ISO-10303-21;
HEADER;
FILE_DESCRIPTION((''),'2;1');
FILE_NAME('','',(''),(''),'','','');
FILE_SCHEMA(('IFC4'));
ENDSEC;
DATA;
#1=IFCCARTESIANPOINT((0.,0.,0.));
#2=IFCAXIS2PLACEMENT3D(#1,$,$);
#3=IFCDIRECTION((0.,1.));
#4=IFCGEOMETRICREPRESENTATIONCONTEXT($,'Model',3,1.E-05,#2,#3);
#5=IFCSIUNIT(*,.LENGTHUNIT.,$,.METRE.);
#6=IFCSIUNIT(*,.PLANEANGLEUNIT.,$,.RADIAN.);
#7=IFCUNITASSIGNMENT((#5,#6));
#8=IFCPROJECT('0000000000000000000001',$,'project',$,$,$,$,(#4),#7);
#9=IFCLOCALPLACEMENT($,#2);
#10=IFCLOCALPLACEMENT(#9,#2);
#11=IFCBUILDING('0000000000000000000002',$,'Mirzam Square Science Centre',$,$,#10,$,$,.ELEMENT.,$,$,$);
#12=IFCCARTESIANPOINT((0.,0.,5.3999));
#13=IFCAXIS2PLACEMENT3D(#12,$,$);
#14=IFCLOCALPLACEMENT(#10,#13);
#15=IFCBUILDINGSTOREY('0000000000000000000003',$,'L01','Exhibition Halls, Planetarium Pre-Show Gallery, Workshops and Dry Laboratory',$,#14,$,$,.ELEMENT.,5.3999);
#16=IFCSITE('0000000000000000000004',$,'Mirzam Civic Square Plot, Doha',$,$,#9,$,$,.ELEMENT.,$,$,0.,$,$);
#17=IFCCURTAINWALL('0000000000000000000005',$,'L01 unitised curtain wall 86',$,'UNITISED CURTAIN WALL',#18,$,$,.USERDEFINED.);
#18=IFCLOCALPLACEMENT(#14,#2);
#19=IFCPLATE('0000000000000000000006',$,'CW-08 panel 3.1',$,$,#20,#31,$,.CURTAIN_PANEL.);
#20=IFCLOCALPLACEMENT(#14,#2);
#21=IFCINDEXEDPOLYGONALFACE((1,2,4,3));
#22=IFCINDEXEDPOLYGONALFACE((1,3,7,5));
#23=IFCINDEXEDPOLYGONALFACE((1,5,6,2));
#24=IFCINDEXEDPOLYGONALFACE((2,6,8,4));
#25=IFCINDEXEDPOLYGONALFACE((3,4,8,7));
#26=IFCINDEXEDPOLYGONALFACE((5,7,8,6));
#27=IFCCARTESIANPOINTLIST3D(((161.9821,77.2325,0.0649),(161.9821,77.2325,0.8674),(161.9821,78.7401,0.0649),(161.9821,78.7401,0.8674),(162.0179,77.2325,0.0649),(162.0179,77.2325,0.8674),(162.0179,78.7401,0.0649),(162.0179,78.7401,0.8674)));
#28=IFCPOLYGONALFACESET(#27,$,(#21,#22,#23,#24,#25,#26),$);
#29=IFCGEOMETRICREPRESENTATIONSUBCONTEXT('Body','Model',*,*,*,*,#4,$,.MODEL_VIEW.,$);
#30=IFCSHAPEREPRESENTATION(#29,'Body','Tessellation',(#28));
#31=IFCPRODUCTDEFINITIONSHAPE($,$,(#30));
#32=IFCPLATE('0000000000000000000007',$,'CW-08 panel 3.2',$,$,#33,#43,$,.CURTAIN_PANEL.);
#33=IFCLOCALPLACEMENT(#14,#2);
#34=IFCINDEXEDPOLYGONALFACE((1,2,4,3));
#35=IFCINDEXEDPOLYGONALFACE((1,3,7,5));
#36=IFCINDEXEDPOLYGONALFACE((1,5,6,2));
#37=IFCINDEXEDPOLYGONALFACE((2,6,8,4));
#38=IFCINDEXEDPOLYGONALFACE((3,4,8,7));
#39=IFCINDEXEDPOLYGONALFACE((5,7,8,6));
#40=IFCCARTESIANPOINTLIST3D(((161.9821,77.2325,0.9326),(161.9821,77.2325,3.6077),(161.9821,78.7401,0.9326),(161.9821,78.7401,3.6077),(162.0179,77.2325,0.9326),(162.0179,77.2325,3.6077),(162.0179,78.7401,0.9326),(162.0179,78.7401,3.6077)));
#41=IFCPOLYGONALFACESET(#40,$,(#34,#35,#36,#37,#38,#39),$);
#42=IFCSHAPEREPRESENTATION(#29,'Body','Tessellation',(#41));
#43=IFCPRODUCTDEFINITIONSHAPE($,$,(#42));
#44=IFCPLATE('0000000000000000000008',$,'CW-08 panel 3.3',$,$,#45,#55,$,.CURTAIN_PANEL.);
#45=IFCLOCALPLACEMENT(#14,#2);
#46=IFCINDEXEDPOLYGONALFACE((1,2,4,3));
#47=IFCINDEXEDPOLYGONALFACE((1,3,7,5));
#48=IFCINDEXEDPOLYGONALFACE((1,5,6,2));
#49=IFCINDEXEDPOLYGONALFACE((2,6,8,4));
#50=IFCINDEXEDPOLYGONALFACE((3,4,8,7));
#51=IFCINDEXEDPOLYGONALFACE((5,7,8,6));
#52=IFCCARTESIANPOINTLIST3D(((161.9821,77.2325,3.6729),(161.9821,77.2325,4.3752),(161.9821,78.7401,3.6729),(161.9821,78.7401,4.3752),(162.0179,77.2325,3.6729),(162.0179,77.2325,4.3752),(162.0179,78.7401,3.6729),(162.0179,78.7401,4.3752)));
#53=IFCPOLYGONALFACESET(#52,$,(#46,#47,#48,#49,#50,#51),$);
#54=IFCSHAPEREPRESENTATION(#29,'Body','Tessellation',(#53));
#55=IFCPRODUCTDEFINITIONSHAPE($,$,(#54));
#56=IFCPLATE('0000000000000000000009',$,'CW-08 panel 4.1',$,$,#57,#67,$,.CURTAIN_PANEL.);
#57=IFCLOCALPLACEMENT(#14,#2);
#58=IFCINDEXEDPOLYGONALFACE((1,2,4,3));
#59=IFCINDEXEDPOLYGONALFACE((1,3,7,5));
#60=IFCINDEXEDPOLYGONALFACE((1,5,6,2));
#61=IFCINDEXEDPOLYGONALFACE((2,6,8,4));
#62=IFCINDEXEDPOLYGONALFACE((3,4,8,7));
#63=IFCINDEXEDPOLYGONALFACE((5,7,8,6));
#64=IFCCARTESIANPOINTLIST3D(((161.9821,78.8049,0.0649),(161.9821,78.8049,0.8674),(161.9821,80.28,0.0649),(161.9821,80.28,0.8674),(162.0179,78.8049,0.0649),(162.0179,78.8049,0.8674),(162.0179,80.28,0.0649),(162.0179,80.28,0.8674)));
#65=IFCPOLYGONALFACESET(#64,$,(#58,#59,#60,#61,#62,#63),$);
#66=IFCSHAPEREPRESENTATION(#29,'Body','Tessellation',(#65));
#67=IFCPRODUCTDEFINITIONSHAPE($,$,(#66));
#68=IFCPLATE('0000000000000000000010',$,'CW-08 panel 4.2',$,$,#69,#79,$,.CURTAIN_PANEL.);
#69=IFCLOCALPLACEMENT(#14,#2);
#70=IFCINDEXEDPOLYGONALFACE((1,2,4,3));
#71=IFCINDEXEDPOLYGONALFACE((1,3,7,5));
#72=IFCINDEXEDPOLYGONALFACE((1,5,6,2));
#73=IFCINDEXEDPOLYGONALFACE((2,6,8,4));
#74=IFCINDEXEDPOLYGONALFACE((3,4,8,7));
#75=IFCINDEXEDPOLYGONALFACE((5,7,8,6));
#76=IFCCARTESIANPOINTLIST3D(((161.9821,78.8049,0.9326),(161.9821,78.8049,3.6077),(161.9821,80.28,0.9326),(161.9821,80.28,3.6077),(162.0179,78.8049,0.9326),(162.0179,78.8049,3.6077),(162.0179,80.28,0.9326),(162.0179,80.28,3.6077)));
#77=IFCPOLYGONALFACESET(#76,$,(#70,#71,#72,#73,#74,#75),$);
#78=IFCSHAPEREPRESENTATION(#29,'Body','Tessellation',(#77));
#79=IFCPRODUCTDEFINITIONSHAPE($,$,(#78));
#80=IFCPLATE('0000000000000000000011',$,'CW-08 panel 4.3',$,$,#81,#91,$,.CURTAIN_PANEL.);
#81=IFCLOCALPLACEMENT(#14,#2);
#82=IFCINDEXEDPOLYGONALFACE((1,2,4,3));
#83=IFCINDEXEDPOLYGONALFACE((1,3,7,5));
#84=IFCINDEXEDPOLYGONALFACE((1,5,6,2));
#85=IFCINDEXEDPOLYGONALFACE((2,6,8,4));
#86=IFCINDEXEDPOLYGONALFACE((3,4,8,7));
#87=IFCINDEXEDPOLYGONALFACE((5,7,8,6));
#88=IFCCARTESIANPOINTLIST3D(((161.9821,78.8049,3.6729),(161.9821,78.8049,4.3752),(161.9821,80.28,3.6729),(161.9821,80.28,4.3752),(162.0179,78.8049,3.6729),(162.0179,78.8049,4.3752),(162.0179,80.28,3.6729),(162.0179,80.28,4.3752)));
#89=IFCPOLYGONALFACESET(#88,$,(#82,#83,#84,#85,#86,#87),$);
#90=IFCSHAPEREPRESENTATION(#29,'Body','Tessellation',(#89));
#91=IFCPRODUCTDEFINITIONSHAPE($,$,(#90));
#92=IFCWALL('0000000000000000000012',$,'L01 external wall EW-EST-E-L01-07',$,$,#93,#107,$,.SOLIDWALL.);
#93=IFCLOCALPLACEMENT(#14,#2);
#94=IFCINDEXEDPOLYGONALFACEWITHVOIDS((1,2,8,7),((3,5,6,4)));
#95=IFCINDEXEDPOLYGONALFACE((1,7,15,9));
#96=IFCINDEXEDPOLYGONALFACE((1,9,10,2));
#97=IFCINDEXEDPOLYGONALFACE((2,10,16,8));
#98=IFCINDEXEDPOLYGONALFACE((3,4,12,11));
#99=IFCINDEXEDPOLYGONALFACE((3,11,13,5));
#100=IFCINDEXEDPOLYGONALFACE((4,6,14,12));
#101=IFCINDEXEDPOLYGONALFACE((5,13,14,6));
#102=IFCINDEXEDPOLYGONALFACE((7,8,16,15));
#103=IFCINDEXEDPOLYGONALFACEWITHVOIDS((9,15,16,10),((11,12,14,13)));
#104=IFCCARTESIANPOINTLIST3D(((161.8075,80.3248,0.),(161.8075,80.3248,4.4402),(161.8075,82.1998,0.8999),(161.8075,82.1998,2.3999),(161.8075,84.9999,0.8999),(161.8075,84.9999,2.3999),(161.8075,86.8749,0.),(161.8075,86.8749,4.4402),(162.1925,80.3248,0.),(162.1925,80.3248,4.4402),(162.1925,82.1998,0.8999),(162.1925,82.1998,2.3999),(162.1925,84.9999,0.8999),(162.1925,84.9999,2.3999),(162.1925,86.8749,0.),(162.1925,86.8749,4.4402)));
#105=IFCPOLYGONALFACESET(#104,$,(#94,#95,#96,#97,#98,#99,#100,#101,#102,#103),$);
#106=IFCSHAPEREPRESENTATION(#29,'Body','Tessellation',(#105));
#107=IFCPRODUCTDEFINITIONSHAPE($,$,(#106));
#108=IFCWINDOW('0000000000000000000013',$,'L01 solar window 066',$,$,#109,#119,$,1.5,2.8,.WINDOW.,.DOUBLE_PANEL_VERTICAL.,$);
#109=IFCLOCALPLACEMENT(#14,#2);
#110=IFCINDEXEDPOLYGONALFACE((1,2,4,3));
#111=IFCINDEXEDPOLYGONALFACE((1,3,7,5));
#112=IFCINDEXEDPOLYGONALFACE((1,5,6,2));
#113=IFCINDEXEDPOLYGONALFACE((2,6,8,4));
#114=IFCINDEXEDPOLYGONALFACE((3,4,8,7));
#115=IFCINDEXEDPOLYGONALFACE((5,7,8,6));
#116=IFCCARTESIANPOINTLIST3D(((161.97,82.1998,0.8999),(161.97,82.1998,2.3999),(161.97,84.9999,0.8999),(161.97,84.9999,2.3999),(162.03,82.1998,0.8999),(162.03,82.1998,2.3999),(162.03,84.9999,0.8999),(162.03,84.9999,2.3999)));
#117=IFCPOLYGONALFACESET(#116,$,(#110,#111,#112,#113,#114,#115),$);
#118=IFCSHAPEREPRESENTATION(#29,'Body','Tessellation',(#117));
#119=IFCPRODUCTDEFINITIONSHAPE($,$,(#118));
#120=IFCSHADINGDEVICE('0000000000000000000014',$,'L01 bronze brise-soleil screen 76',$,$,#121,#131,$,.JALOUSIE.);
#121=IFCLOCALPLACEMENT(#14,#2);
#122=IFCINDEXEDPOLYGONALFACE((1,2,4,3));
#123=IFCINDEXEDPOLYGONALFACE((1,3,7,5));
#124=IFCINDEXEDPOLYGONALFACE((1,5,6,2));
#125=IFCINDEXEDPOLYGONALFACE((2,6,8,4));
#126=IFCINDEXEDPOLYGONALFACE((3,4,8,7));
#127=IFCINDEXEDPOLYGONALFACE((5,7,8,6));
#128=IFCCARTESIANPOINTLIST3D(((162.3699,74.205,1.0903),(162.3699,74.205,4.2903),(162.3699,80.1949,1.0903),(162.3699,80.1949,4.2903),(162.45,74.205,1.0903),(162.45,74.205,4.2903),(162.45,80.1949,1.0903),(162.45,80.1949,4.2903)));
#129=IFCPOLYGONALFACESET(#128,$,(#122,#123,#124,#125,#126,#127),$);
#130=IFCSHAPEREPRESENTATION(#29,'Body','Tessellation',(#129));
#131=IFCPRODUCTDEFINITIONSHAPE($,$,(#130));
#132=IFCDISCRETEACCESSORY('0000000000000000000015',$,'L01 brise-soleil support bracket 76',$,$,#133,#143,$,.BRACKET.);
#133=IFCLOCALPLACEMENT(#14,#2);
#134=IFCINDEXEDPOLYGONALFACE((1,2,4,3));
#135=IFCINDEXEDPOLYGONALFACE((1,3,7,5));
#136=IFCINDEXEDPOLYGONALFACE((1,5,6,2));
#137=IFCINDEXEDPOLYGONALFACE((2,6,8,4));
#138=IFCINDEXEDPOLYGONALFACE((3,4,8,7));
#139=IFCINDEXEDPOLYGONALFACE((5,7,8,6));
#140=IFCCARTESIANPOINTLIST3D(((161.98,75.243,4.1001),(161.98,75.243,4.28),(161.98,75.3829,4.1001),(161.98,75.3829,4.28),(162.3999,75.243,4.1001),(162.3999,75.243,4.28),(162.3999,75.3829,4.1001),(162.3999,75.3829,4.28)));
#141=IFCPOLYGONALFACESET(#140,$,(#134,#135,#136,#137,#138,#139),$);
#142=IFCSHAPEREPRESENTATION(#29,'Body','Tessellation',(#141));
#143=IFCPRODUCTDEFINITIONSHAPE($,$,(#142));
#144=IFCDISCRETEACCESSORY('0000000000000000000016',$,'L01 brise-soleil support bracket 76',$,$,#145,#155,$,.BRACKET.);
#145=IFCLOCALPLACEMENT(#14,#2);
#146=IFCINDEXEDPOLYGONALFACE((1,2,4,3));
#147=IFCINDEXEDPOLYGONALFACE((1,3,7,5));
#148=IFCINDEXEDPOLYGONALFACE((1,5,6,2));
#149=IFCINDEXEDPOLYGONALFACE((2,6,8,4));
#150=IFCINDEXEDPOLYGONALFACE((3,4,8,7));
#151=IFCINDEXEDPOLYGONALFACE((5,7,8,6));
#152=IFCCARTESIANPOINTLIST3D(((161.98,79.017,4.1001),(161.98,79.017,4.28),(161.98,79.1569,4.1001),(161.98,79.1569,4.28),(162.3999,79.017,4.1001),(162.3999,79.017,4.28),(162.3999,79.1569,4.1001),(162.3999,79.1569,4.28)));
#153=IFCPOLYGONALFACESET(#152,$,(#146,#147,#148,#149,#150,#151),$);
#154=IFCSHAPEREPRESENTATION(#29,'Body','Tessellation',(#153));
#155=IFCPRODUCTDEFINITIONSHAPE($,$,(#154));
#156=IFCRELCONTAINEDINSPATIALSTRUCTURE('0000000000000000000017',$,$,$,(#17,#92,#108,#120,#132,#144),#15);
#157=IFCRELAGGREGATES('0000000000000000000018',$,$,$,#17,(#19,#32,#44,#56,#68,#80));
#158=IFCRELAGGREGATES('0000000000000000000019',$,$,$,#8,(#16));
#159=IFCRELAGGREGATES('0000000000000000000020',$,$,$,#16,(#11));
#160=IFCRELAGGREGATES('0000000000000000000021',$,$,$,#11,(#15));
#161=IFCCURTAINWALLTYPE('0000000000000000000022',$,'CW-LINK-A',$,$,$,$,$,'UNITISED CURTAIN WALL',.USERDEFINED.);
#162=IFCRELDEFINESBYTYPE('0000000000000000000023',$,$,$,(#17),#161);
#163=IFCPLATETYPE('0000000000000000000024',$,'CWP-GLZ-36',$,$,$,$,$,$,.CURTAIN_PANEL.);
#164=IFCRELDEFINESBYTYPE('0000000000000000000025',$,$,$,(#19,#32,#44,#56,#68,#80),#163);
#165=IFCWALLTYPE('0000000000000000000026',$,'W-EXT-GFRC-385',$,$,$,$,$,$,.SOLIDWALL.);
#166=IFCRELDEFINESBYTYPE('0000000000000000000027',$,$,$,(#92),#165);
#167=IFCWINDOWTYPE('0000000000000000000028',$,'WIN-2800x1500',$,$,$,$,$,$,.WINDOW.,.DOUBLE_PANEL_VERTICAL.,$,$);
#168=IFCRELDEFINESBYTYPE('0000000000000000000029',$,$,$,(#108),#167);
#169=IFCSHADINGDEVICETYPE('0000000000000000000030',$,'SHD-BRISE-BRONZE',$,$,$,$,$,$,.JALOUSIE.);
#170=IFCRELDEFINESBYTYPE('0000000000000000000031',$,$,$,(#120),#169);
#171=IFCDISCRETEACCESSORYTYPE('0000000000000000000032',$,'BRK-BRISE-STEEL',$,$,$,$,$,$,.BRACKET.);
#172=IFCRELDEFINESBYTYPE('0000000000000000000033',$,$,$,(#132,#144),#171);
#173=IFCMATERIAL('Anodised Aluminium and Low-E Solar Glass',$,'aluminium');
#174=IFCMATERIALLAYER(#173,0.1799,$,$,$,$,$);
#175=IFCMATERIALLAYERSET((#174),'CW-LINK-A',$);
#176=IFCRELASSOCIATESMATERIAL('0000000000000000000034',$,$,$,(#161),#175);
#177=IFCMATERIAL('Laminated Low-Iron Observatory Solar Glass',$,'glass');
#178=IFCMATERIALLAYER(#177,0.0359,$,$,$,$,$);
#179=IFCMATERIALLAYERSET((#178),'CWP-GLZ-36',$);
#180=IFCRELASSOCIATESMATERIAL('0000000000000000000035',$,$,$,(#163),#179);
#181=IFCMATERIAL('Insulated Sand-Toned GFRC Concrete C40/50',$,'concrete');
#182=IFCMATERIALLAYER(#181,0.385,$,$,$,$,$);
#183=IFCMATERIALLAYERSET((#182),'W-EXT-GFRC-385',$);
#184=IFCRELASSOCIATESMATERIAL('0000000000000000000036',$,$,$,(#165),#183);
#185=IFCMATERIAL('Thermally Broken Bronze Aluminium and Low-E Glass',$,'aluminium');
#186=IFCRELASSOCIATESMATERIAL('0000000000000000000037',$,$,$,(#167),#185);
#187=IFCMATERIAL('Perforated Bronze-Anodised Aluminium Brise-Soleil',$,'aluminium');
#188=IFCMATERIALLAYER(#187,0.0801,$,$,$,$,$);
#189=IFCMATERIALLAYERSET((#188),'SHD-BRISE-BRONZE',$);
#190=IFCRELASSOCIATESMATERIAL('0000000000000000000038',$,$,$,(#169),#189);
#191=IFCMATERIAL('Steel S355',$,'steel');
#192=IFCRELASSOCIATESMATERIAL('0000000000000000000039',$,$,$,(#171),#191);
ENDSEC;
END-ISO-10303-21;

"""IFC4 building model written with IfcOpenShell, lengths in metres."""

from ifc_helpers import new_model, si_unit, direction, frame, frame_2d, origin, origin_2d, place, context, subcontext, project, spatial, rectangle, extrude, material, layer, layer_set, type_object, element, fill, aggregate, save


model = new_model("IFC4")

# Units and contexts
model_context = context("Model", 3, precision=1e-05, world=origin(), true_north=direction((0.0, 1.0)))
body_context = subcontext(model_context, "Body", "Model", "MODEL_VIEW")
ifc_project = project(units=[si_unit("LENGTHUNIT", "METRE"), si_unit("PLANEANGLEUNIT", "RADIAN")], contexts=[model_context])

# Site, building, storey
site_placement = place(None, origin())
site = spatial("IfcSite", under=ifc_project, at=site_placement, Name="Mirzam Civic Square Plot, Doha", CompositionType="ELEMENT", RefElevation=0.0)
building_placement = place(site_placement, origin())
building = spatial("IfcBuilding", under=site, at=building_placement, Name="Mirzam Square Science Centre", CompositionType="ELEMENT")
storey_placement = place(building_placement, frame((0.0, 0.0, 5.3999)))
storey = spatial("IfcBuildingStorey", under=building, at=storey_placement, Name="L01", Description="Exhibition Halls, Planetarium Pre-Show Gallery, Workshops and Dry Laboratory", CompositionType="ELEMENT", Elevation=5.3999)

# Curtain wall, plates
ifc_material_1 = material(Name="Anodised Aluminium and Low-E Solar Glass", Category="aluminium")
ifc_layer_1 = layer(ifc_material_1, 0.1799)
ifc_layer_set_1 = layer_set([ifc_layer_1], Name="CW-LINK-A")
curtain_wall_type = type_object("IfcCurtainWallType", Name="CW-LINK-A", ElementType="UNITISED CURTAIN WALL", PredefinedType="USERDEFINED", material=ifc_layer_set_1)
curtain_wall_placement = place(storey_placement, origin())
curtain_wall = element("IfcCurtainWall", 1, at=curtain_wall_placement, inside=storey, type_object=curtain_wall_type, Name="L01 unitised curtain wall 86", ObjectType="UNITISED CURTAIN WALL", PredefinedType="USERDEFINED")
ifc_material_2 = material(Name="Laminated Low-Iron Observatory Solar Glass", Category="glass")
ifc_layer_2 = layer(ifc_material_2, 0.0359)
ifc_layer_set_2 = layer_set([ifc_layer_2], Name="CWP-GLZ-36")
plate_type = type_object("IfcPlateType", Name="CWP-GLZ-36", PredefinedType="CURTAIN_PANEL", material=ifc_layer_set_2)
plate_1_placement = place(storey_placement, frame((162.0, 77.9863, 0.0649), z_axis=(0.0, 0.0, 1.0), x_axis=(0.0, 1.0, 0.0)))
plate_1 = element("IfcPlate", 2, at=plate_1_placement, type_object=plate_type, Name="CW-08 panel 3.1", PredefinedType="CURTAIN_PANEL", context=body_context, shape_type="SweptSolid", body=[
    extrude(rectangle(XDim=1.5076, YDim=0.0359, at=origin_2d()), origin(), (0.0, 0.0, 1.0), 0.8025),
])
plate_2_placement = place(storey_placement, frame((162.0, 77.9863, 0.9326), z_axis=(0.0, 0.0, 1.0), x_axis=(0.0, 1.0, 0.0)))
plate_2 = element("IfcPlate", 3, at=plate_2_placement, type_object=plate_type, Name="CW-08 panel 3.2", PredefinedType="CURTAIN_PANEL", context=body_context, shape_type="SweptSolid", body=[
    extrude(rectangle(XDim=1.5076, YDim=0.0359, at=origin_2d()), origin(), (0.0, 0.0, 1.0), 2.675),
])
plate_3_placement = place(storey_placement, frame((162.0, 77.9863, 3.6729), z_axis=(0.0, 0.0, 1.0), x_axis=(0.0, 1.0, 0.0)))
plate_3 = element("IfcPlate", 4, at=plate_3_placement, type_object=plate_type, Name="CW-08 panel 3.3", PredefinedType="CURTAIN_PANEL", context=body_context, shape_type="SweptSolid", body=[
    extrude(rectangle(XDim=1.5076, YDim=0.0359, at=origin_2d()), origin(), (0.0, 0.0, 1.0), 0.7024),
])
plate_4_placement = place(storey_placement, frame((162.0, 79.5425, 0.0649), z_axis=(0.0, 0.0, 1.0), x_axis=(0.0, 1.0, 0.0)))
plate_4 = element("IfcPlate", 5, at=plate_4_placement, type_object=plate_type, Name="CW-08 panel 4.1", PredefinedType="CURTAIN_PANEL", context=body_context, shape_type="SweptSolid", body=[
    extrude(rectangle(XDim=1.4751, YDim=0.0359, at=origin_2d()), origin(), (0.0, 0.0, 1.0), 0.8025),
])
plate_5_placement = place(storey_placement, frame((162.0, 79.5425, 0.9326), z_axis=(0.0, 0.0, 1.0), x_axis=(0.0, 1.0, 0.0)))
plate_5 = element("IfcPlate", 6, at=plate_5_placement, type_object=plate_type, Name="CW-08 panel 4.2", PredefinedType="CURTAIN_PANEL", context=body_context, shape_type="SweptSolid", body=[
    extrude(rectangle(XDim=1.4751, YDim=0.0359, at=origin_2d()), origin(), (0.0, 0.0, 1.0), 2.675),
])
plate_6_placement = place(storey_placement, frame((162.0, 79.5425, 3.6729), z_axis=(0.0, 0.0, 1.0), x_axis=(0.0, 1.0, 0.0)))
plate_6 = element("IfcPlate", 7, at=plate_6_placement, type_object=plate_type, Name="CW-08 panel 4.3", PredefinedType="CURTAIN_PANEL", context=body_context, shape_type="SweptSolid", body=[
    extrude(rectangle(XDim=1.4751, YDim=0.0359, at=origin_2d()), origin(), (0.0, 0.0, 1.0), 0.7024),
])
aggregate(curtain_wall, [plate_1, plate_2, plate_3, plate_4, plate_5, plate_6])

# Wall, opening, window
ifc_material_3 = material(Name="Insulated Sand-Toned GFRC Concrete C40/50", Category="concrete")
ifc_layer_3 = layer(ifc_material_3, 0.385)
ifc_layer_set_3 = layer_set([ifc_layer_3], Name="W-EXT-GFRC-385")
wall_type = type_object("IfcWallType", Name="W-EXT-GFRC-385", PredefinedType="SOLIDWALL", material=ifc_layer_set_3)
wall_placement = place(storey_placement, frame((162.0, 80.325, 0.0), z_axis=(0.0, 0.0, 1.0), x_axis=(0.0, 1.0, 0.0)))
wall = element("IfcWall", 8, at=wall_placement, inside=storey, type_object=wall_type, Name="L01 external wall EW-EST-E-L01-07", PredefinedType="SOLIDWALL", context=body_context, shape_type="SweptSolid", body=[
    extrude(rectangle(XDim=6.55, YDim=0.385, at=frame_2d((3.2749, 0.0))), origin(), (0.0, 0.0, 1.0), 4.4402),
])
opening_placement = place(wall_placement, frame((1.875, 0.0, 0.8999)))
opening = element("IfcOpeningElement", 9, at=opening_placement, cuts=wall, PredefinedType="OPENING", context=body_context, shape_type="SweptSolid", body=[
    extrude(rectangle(XDim=2.8, YDim=1.5, at=frame_2d((1.3999, 0.75))), frame((0.0, 0.2024, 0.0), z_axis=(0.0, -1.0, 0.0), x_axis=(1.0, 0.0, 0.0)), (0.0, 0.0, 1.0), 0.405),
])
ifc_material_4 = material(Name="Thermally Broken Bronze Aluminium and Low-E Glass", Category="aluminium")
window_type = type_object("IfcWindowType", Name="WIN-2800x1500", PartitioningType="DOUBLE_PANEL_VERTICAL", PredefinedType="WINDOW", material=ifc_material_4)
window_placement = place(opening_placement, origin())
window = element("IfcWindow", 10, at=window_placement, inside=storey, type_object=window_type, Name="L01 solar window 066", OverallHeight=1.5, OverallWidth=2.8, PartitioningType="DOUBLE_PANEL_VERTICAL", PredefinedType="WINDOW", context=body_context, shape_type="SweptSolid", body=[
    extrude(rectangle(XDim=2.8, YDim=1.5, at=frame_2d((1.3999, 0.75))), frame((0.0, 0.03, 0.0), z_axis=(0.0, -1.0, 0.0), x_axis=(1.0, 0.0, 0.0)), (0.0, 0.0, 1.0), 0.0601),
])
fill(opening, window)

# Shading device
ifc_material_5 = material(Name="Perforated Bronze-Anodised Aluminium Brise-Soleil", Category="aluminium")
ifc_layer_4 = layer(ifc_material_5, 0.0801)
ifc_layer_set_4 = layer_set([ifc_layer_4], Name="SHD-BRISE-BRONZE")
shading_device_type = type_object("IfcShadingDeviceType", Name="SHD-BRISE-BRONZE", PredefinedType="JALOUSIE", material=ifc_layer_set_4)
shading_device_placement = place(storey_placement, frame((162.4099, 77.2, 1.0903), z_axis=(0.0, 0.0, 1.0), x_axis=(0.0, 1.0, 0.0)))
element("IfcShadingDevice", 11, at=shading_device_placement, inside=storey, type_object=shading_device_type, Name="L01 bronze brise-soleil screen 76", PredefinedType="JALOUSIE", context=body_context, shape_type="SweptSolid", body=[
    extrude(rectangle(XDim=5.99, YDim=0.0801, at=origin_2d()), origin(), (0.0, 0.0, 1.0), 3.2),
])

# Discrete accessories
ifc_material_6 = material(Name="Steel S355", Category="steel")
discrete_accessory_type = type_object("IfcDiscreteAccessoryType", Name="BRK-BRISE-STEEL", PredefinedType="BRACKET", material=ifc_material_6)
for number, where, z_axis, x_axis, name in (
    (12, (162.1899, 75.313, 4.1001), (0.0, 0.0, 1.0), (0.0, 1.0, 0.0), "L01 brise-soleil support bracket 76"),
    (13, (162.1899, 79.0869, 4.1001), (0.0, 0.0, 1.0), (0.0, 1.0, 0.0), "L01 brise-soleil support bracket 76"),
):
    element("IfcDiscreteAccessory", number, at=place(storey_placement, frame(where, z_axis=z_axis, x_axis=x_axis)), inside=storey, type_object=discrete_accessory_type, Name=name, PredefinedType="BRACKET", context=body_context, shape_type="SweptSolid", body=[
        extrude(rectangle(XDim=0.1399, YDim=0.4199, at=origin_2d()), origin(), (0.0, 0.0, 1.0), 0.1799),
    ])

save(model, "model.ifc")
